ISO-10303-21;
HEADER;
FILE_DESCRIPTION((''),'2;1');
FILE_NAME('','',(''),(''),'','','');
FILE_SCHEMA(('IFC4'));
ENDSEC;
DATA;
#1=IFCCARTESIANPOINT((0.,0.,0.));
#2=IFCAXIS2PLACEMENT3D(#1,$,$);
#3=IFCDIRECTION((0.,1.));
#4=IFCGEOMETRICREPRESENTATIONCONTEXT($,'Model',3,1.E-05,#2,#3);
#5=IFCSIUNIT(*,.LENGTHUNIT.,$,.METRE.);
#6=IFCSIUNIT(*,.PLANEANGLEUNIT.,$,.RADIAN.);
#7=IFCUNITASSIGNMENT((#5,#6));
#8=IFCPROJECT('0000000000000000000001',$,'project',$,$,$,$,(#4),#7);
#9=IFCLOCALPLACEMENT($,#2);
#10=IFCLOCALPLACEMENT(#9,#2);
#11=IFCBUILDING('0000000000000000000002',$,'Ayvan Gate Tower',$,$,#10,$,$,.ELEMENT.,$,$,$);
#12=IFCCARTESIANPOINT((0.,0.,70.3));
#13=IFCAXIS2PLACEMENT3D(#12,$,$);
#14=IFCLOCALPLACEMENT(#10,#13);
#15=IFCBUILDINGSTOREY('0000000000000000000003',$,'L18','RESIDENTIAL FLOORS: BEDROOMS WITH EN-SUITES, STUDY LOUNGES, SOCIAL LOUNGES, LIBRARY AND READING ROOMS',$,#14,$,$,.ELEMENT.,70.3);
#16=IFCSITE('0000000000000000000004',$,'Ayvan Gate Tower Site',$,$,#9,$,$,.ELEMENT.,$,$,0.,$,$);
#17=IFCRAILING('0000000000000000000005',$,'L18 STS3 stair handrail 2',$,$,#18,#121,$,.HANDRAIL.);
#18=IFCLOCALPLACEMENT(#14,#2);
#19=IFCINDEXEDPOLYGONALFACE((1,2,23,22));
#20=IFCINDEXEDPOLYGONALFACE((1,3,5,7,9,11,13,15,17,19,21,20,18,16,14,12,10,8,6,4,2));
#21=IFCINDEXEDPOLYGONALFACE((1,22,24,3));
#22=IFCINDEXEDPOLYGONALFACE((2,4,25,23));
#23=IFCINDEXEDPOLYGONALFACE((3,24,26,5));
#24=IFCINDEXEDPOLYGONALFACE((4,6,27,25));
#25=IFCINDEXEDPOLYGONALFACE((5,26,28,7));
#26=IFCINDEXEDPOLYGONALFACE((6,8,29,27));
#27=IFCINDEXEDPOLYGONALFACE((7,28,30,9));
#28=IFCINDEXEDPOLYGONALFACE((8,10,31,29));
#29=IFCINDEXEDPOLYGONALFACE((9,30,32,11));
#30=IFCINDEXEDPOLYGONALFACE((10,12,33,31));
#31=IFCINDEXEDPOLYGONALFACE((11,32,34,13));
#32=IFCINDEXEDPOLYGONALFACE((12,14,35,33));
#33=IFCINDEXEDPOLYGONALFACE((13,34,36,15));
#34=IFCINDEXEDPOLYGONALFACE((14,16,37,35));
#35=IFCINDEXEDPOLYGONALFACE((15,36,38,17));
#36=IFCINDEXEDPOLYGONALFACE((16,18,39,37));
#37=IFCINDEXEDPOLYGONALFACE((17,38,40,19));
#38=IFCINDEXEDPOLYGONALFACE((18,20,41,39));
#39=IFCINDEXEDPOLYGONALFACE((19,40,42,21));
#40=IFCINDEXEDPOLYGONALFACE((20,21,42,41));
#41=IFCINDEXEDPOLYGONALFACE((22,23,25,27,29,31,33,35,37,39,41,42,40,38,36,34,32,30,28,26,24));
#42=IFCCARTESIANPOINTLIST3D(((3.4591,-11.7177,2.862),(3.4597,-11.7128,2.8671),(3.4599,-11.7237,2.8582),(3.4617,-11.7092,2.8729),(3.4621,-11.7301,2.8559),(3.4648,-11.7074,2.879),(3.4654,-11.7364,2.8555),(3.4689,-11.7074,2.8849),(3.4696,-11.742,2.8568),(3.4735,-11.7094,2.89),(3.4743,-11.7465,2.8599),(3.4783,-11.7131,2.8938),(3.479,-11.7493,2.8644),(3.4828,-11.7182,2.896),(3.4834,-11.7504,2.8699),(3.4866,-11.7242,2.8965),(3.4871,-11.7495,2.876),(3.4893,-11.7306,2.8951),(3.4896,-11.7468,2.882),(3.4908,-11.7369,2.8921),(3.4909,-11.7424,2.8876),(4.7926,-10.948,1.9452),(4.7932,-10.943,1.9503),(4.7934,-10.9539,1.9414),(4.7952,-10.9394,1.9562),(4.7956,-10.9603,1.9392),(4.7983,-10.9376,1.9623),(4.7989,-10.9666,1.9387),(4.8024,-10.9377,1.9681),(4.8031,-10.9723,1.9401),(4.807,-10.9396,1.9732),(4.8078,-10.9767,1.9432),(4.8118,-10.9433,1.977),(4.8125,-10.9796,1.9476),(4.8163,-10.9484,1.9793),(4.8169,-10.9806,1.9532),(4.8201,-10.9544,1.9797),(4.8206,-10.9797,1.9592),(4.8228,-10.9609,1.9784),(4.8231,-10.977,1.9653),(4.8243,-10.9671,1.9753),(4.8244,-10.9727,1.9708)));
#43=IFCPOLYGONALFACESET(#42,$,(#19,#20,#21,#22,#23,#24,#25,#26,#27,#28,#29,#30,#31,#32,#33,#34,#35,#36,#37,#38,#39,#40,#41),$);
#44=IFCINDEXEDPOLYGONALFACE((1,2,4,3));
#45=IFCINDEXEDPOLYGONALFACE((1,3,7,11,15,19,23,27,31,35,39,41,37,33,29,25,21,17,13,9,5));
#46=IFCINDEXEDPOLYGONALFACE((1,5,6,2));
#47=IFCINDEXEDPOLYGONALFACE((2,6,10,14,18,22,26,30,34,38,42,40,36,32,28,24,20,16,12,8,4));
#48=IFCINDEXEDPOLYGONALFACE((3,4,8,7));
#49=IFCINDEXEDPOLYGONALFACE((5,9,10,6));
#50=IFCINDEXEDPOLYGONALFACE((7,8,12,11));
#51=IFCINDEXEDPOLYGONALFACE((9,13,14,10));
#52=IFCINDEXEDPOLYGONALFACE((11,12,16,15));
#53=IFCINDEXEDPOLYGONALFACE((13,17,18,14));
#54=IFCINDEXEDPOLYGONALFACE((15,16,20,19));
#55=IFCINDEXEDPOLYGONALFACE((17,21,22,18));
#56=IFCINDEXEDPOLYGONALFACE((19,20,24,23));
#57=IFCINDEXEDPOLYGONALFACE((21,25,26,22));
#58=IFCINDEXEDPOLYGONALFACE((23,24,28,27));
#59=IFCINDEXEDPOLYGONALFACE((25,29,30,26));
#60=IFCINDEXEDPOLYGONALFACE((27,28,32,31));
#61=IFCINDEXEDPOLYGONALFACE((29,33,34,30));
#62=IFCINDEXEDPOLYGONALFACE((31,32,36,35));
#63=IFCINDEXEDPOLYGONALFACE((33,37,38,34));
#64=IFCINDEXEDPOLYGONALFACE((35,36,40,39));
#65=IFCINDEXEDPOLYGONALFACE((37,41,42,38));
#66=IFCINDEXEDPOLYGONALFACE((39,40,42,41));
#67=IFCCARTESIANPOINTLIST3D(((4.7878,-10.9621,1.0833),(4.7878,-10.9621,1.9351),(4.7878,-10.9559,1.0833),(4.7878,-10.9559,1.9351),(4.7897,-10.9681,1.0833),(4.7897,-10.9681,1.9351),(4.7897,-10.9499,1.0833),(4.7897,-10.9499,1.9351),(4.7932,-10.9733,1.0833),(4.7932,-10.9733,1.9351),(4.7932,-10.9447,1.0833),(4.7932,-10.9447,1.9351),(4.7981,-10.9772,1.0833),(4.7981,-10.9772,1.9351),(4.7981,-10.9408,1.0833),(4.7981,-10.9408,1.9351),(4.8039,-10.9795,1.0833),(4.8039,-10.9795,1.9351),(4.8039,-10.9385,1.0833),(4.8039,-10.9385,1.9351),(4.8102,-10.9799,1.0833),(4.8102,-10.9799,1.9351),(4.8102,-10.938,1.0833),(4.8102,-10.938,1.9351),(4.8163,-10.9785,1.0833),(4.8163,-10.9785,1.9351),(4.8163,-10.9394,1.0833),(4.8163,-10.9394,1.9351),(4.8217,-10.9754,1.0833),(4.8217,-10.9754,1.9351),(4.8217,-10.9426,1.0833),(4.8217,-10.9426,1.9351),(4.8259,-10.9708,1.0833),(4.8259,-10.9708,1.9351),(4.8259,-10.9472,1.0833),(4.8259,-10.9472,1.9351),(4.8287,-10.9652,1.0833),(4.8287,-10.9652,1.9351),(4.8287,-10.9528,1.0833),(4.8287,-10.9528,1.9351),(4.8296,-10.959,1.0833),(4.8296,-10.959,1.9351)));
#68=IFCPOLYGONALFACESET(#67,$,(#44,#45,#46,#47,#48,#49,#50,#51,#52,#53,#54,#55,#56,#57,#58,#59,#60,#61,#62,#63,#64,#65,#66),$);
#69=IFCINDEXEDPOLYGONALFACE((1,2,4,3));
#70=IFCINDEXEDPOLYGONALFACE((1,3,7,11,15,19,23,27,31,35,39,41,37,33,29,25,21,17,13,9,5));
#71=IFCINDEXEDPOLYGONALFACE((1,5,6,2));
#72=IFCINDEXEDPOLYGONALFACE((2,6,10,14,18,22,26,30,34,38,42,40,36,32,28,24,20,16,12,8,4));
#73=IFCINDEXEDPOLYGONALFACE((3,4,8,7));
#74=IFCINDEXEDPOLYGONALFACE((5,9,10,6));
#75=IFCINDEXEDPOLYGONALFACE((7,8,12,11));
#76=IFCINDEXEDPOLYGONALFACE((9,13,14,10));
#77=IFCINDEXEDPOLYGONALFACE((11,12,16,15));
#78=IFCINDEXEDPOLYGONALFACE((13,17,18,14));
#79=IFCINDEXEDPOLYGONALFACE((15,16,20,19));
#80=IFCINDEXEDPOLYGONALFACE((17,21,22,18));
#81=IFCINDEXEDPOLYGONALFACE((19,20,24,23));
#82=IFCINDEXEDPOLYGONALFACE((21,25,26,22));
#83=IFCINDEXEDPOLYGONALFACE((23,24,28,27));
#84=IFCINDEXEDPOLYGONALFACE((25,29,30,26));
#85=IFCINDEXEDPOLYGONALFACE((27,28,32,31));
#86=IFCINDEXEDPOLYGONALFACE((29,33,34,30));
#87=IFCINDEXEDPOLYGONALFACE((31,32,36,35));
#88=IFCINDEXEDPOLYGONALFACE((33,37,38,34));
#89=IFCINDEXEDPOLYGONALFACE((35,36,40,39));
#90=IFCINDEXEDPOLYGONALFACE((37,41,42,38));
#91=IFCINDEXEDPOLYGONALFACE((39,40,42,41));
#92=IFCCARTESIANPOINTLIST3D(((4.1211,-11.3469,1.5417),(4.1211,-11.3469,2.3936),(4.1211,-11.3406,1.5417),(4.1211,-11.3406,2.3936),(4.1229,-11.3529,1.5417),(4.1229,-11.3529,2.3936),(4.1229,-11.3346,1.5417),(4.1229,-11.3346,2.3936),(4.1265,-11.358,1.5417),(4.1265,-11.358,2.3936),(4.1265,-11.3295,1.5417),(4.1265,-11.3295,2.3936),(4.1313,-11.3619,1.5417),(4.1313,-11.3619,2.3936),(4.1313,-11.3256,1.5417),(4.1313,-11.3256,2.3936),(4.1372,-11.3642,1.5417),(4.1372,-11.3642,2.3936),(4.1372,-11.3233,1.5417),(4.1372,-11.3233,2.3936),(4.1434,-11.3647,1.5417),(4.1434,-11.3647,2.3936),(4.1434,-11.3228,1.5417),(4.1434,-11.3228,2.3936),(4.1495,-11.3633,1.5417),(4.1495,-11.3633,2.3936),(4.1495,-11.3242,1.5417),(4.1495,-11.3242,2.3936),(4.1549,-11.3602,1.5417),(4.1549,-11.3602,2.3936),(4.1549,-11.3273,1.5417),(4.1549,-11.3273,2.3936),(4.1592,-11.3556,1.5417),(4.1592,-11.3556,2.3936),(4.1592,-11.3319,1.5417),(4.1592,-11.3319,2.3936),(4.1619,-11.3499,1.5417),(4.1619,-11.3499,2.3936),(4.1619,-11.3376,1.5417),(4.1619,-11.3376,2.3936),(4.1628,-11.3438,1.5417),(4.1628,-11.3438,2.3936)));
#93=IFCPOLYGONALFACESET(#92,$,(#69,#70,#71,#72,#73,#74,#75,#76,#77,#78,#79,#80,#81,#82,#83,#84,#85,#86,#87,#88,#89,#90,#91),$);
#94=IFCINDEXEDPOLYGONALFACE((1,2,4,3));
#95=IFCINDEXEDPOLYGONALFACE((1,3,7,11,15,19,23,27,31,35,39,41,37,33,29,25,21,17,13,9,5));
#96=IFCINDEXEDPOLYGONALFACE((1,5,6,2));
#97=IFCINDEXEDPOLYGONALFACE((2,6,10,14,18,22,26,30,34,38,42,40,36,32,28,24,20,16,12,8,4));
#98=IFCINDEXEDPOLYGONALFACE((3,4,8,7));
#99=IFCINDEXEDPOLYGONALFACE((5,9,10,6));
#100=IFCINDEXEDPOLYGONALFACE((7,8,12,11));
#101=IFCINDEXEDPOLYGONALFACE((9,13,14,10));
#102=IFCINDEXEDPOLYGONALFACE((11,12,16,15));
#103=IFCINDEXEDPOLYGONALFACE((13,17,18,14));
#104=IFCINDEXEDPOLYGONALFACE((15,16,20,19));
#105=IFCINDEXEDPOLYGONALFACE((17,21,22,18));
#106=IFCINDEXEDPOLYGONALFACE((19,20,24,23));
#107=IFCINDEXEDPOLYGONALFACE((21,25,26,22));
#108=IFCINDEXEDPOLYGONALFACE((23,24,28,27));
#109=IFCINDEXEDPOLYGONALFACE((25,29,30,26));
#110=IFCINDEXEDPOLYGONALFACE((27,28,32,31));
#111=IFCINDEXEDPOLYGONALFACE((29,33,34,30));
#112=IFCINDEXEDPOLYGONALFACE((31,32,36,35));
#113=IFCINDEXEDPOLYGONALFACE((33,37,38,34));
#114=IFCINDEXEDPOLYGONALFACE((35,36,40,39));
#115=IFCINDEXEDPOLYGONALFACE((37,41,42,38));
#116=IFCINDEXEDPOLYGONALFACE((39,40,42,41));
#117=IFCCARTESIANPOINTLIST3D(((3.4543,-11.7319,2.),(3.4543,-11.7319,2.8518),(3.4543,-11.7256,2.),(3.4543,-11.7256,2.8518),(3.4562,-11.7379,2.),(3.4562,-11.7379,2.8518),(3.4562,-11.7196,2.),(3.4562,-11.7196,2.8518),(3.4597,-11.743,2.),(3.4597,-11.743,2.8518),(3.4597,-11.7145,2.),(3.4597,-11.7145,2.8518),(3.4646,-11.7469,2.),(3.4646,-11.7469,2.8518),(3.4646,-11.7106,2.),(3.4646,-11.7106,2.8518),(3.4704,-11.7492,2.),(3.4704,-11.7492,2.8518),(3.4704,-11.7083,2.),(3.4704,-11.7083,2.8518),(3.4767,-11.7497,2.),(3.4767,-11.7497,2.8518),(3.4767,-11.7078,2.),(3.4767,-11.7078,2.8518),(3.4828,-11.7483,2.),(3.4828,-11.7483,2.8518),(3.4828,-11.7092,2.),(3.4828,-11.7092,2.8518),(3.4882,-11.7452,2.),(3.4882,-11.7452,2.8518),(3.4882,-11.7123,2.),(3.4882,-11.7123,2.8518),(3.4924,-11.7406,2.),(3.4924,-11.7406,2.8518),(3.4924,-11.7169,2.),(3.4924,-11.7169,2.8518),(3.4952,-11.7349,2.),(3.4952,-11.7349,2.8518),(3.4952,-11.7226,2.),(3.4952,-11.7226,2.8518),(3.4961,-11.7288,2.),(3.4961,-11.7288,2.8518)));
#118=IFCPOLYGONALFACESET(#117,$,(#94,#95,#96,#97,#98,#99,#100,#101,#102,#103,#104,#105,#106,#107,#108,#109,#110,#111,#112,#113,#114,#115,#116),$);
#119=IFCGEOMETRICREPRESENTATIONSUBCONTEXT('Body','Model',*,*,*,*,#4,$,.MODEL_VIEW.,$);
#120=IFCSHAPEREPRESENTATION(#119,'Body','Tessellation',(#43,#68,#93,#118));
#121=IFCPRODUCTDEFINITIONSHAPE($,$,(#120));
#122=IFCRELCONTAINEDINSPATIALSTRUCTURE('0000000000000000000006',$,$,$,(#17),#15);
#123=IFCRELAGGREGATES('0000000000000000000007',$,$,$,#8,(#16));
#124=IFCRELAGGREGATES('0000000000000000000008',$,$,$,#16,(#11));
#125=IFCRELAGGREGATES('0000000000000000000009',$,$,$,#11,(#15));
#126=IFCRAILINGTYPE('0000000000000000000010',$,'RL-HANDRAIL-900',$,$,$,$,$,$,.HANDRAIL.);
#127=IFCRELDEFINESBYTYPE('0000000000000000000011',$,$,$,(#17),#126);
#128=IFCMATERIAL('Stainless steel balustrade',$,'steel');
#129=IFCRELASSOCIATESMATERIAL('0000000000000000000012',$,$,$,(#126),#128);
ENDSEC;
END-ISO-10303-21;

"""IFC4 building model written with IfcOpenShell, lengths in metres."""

from ifc_helpers import new_model, si_unit, direction, frame, origin, origin_2d, place, context, subcontext, project, spatial, circle, extrude, material, type_object, element, save


model = new_model("IFC4")

# Units and contexts
model_context = context("Model", 3, precision=1e-05, world=origin(), true_north=direction((0.0, 1.0)))
body_context = subcontext(model_context, "Body", "Model", "MODEL_VIEW")
ifc_project = project(units=[si_unit("LENGTHUNIT", "METRE"), si_unit("PLANEANGLEUNIT", "RADIAN")], contexts=[model_context])

# Site, building, storey
site_placement = place(None, origin())
site = spatial("IfcSite", under=ifc_project, at=site_placement, Name="Ayvan Gate Tower Site", CompositionType="ELEMENT", RefElevation=0.0)
building_placement = place(site_placement, origin())
building = spatial("IfcBuilding", under=site, at=building_placement, Name="Ayvan Gate Tower", CompositionType="ELEMENT")
storey_placement = place(building_placement, frame((0.0, 0.0, 70.3)))
storey = spatial("IfcBuildingStorey", under=building, at=storey_placement, Name="L18", Description="RESIDENTIAL FLOORS: BEDROOMS WITH EN-SUITES, STUDY LOUNGES, SOCIAL LOUNGES, LIBRARY AND READING ROOMS", CompositionType="ELEMENT", Elevation=70.3)

# Railing
ifc_material_1 = material(Name="Stainless steel balustrade", Category="steel")
railing_type_1 = type_object("IfcRailingType", Name="RL-HANDRAIL-900", PredefinedType="HANDRAIL", material=ifc_material_1)
railing_1_placement = place(storey_placement, frame((4.8086, -10.959, 1.0833)))
element("IfcRailing", 1, at=railing_1_placement, inside=storey, type_object=railing_type_1, Name="L18 STS3 stair handrail 2", PredefinedType="HANDRAIL", context=body_context, shape_type="SweptSolid", body=[
    extrude(circle(Radius=0.0239, at=origin_2d()), frame((0.0, 0.0, 0.876), z_axis=(-0.744147, -0.429567, 0.511584), x_axis=(0.499942, -0.866059, 0.0)), (0.0, 0.0, 1.0), 1.792),
    extrude(circle(Radius=0.021, at=origin_2d()), origin(), (0.0, 0.0, 1.0), 0.8518),
    extrude(circle(Radius=0.021, at=origin_2d()), frame((-0.6667, -0.3848, 0.4585)), (0.0, 0.0, 1.0), 0.8518),
    extrude(circle(Radius=0.021, at=origin_2d()), frame((-1.3335, -0.7698, 0.9167)), (0.0, 0.0, 1.0), 0.8518),
])

save(model, "model.ifc")
